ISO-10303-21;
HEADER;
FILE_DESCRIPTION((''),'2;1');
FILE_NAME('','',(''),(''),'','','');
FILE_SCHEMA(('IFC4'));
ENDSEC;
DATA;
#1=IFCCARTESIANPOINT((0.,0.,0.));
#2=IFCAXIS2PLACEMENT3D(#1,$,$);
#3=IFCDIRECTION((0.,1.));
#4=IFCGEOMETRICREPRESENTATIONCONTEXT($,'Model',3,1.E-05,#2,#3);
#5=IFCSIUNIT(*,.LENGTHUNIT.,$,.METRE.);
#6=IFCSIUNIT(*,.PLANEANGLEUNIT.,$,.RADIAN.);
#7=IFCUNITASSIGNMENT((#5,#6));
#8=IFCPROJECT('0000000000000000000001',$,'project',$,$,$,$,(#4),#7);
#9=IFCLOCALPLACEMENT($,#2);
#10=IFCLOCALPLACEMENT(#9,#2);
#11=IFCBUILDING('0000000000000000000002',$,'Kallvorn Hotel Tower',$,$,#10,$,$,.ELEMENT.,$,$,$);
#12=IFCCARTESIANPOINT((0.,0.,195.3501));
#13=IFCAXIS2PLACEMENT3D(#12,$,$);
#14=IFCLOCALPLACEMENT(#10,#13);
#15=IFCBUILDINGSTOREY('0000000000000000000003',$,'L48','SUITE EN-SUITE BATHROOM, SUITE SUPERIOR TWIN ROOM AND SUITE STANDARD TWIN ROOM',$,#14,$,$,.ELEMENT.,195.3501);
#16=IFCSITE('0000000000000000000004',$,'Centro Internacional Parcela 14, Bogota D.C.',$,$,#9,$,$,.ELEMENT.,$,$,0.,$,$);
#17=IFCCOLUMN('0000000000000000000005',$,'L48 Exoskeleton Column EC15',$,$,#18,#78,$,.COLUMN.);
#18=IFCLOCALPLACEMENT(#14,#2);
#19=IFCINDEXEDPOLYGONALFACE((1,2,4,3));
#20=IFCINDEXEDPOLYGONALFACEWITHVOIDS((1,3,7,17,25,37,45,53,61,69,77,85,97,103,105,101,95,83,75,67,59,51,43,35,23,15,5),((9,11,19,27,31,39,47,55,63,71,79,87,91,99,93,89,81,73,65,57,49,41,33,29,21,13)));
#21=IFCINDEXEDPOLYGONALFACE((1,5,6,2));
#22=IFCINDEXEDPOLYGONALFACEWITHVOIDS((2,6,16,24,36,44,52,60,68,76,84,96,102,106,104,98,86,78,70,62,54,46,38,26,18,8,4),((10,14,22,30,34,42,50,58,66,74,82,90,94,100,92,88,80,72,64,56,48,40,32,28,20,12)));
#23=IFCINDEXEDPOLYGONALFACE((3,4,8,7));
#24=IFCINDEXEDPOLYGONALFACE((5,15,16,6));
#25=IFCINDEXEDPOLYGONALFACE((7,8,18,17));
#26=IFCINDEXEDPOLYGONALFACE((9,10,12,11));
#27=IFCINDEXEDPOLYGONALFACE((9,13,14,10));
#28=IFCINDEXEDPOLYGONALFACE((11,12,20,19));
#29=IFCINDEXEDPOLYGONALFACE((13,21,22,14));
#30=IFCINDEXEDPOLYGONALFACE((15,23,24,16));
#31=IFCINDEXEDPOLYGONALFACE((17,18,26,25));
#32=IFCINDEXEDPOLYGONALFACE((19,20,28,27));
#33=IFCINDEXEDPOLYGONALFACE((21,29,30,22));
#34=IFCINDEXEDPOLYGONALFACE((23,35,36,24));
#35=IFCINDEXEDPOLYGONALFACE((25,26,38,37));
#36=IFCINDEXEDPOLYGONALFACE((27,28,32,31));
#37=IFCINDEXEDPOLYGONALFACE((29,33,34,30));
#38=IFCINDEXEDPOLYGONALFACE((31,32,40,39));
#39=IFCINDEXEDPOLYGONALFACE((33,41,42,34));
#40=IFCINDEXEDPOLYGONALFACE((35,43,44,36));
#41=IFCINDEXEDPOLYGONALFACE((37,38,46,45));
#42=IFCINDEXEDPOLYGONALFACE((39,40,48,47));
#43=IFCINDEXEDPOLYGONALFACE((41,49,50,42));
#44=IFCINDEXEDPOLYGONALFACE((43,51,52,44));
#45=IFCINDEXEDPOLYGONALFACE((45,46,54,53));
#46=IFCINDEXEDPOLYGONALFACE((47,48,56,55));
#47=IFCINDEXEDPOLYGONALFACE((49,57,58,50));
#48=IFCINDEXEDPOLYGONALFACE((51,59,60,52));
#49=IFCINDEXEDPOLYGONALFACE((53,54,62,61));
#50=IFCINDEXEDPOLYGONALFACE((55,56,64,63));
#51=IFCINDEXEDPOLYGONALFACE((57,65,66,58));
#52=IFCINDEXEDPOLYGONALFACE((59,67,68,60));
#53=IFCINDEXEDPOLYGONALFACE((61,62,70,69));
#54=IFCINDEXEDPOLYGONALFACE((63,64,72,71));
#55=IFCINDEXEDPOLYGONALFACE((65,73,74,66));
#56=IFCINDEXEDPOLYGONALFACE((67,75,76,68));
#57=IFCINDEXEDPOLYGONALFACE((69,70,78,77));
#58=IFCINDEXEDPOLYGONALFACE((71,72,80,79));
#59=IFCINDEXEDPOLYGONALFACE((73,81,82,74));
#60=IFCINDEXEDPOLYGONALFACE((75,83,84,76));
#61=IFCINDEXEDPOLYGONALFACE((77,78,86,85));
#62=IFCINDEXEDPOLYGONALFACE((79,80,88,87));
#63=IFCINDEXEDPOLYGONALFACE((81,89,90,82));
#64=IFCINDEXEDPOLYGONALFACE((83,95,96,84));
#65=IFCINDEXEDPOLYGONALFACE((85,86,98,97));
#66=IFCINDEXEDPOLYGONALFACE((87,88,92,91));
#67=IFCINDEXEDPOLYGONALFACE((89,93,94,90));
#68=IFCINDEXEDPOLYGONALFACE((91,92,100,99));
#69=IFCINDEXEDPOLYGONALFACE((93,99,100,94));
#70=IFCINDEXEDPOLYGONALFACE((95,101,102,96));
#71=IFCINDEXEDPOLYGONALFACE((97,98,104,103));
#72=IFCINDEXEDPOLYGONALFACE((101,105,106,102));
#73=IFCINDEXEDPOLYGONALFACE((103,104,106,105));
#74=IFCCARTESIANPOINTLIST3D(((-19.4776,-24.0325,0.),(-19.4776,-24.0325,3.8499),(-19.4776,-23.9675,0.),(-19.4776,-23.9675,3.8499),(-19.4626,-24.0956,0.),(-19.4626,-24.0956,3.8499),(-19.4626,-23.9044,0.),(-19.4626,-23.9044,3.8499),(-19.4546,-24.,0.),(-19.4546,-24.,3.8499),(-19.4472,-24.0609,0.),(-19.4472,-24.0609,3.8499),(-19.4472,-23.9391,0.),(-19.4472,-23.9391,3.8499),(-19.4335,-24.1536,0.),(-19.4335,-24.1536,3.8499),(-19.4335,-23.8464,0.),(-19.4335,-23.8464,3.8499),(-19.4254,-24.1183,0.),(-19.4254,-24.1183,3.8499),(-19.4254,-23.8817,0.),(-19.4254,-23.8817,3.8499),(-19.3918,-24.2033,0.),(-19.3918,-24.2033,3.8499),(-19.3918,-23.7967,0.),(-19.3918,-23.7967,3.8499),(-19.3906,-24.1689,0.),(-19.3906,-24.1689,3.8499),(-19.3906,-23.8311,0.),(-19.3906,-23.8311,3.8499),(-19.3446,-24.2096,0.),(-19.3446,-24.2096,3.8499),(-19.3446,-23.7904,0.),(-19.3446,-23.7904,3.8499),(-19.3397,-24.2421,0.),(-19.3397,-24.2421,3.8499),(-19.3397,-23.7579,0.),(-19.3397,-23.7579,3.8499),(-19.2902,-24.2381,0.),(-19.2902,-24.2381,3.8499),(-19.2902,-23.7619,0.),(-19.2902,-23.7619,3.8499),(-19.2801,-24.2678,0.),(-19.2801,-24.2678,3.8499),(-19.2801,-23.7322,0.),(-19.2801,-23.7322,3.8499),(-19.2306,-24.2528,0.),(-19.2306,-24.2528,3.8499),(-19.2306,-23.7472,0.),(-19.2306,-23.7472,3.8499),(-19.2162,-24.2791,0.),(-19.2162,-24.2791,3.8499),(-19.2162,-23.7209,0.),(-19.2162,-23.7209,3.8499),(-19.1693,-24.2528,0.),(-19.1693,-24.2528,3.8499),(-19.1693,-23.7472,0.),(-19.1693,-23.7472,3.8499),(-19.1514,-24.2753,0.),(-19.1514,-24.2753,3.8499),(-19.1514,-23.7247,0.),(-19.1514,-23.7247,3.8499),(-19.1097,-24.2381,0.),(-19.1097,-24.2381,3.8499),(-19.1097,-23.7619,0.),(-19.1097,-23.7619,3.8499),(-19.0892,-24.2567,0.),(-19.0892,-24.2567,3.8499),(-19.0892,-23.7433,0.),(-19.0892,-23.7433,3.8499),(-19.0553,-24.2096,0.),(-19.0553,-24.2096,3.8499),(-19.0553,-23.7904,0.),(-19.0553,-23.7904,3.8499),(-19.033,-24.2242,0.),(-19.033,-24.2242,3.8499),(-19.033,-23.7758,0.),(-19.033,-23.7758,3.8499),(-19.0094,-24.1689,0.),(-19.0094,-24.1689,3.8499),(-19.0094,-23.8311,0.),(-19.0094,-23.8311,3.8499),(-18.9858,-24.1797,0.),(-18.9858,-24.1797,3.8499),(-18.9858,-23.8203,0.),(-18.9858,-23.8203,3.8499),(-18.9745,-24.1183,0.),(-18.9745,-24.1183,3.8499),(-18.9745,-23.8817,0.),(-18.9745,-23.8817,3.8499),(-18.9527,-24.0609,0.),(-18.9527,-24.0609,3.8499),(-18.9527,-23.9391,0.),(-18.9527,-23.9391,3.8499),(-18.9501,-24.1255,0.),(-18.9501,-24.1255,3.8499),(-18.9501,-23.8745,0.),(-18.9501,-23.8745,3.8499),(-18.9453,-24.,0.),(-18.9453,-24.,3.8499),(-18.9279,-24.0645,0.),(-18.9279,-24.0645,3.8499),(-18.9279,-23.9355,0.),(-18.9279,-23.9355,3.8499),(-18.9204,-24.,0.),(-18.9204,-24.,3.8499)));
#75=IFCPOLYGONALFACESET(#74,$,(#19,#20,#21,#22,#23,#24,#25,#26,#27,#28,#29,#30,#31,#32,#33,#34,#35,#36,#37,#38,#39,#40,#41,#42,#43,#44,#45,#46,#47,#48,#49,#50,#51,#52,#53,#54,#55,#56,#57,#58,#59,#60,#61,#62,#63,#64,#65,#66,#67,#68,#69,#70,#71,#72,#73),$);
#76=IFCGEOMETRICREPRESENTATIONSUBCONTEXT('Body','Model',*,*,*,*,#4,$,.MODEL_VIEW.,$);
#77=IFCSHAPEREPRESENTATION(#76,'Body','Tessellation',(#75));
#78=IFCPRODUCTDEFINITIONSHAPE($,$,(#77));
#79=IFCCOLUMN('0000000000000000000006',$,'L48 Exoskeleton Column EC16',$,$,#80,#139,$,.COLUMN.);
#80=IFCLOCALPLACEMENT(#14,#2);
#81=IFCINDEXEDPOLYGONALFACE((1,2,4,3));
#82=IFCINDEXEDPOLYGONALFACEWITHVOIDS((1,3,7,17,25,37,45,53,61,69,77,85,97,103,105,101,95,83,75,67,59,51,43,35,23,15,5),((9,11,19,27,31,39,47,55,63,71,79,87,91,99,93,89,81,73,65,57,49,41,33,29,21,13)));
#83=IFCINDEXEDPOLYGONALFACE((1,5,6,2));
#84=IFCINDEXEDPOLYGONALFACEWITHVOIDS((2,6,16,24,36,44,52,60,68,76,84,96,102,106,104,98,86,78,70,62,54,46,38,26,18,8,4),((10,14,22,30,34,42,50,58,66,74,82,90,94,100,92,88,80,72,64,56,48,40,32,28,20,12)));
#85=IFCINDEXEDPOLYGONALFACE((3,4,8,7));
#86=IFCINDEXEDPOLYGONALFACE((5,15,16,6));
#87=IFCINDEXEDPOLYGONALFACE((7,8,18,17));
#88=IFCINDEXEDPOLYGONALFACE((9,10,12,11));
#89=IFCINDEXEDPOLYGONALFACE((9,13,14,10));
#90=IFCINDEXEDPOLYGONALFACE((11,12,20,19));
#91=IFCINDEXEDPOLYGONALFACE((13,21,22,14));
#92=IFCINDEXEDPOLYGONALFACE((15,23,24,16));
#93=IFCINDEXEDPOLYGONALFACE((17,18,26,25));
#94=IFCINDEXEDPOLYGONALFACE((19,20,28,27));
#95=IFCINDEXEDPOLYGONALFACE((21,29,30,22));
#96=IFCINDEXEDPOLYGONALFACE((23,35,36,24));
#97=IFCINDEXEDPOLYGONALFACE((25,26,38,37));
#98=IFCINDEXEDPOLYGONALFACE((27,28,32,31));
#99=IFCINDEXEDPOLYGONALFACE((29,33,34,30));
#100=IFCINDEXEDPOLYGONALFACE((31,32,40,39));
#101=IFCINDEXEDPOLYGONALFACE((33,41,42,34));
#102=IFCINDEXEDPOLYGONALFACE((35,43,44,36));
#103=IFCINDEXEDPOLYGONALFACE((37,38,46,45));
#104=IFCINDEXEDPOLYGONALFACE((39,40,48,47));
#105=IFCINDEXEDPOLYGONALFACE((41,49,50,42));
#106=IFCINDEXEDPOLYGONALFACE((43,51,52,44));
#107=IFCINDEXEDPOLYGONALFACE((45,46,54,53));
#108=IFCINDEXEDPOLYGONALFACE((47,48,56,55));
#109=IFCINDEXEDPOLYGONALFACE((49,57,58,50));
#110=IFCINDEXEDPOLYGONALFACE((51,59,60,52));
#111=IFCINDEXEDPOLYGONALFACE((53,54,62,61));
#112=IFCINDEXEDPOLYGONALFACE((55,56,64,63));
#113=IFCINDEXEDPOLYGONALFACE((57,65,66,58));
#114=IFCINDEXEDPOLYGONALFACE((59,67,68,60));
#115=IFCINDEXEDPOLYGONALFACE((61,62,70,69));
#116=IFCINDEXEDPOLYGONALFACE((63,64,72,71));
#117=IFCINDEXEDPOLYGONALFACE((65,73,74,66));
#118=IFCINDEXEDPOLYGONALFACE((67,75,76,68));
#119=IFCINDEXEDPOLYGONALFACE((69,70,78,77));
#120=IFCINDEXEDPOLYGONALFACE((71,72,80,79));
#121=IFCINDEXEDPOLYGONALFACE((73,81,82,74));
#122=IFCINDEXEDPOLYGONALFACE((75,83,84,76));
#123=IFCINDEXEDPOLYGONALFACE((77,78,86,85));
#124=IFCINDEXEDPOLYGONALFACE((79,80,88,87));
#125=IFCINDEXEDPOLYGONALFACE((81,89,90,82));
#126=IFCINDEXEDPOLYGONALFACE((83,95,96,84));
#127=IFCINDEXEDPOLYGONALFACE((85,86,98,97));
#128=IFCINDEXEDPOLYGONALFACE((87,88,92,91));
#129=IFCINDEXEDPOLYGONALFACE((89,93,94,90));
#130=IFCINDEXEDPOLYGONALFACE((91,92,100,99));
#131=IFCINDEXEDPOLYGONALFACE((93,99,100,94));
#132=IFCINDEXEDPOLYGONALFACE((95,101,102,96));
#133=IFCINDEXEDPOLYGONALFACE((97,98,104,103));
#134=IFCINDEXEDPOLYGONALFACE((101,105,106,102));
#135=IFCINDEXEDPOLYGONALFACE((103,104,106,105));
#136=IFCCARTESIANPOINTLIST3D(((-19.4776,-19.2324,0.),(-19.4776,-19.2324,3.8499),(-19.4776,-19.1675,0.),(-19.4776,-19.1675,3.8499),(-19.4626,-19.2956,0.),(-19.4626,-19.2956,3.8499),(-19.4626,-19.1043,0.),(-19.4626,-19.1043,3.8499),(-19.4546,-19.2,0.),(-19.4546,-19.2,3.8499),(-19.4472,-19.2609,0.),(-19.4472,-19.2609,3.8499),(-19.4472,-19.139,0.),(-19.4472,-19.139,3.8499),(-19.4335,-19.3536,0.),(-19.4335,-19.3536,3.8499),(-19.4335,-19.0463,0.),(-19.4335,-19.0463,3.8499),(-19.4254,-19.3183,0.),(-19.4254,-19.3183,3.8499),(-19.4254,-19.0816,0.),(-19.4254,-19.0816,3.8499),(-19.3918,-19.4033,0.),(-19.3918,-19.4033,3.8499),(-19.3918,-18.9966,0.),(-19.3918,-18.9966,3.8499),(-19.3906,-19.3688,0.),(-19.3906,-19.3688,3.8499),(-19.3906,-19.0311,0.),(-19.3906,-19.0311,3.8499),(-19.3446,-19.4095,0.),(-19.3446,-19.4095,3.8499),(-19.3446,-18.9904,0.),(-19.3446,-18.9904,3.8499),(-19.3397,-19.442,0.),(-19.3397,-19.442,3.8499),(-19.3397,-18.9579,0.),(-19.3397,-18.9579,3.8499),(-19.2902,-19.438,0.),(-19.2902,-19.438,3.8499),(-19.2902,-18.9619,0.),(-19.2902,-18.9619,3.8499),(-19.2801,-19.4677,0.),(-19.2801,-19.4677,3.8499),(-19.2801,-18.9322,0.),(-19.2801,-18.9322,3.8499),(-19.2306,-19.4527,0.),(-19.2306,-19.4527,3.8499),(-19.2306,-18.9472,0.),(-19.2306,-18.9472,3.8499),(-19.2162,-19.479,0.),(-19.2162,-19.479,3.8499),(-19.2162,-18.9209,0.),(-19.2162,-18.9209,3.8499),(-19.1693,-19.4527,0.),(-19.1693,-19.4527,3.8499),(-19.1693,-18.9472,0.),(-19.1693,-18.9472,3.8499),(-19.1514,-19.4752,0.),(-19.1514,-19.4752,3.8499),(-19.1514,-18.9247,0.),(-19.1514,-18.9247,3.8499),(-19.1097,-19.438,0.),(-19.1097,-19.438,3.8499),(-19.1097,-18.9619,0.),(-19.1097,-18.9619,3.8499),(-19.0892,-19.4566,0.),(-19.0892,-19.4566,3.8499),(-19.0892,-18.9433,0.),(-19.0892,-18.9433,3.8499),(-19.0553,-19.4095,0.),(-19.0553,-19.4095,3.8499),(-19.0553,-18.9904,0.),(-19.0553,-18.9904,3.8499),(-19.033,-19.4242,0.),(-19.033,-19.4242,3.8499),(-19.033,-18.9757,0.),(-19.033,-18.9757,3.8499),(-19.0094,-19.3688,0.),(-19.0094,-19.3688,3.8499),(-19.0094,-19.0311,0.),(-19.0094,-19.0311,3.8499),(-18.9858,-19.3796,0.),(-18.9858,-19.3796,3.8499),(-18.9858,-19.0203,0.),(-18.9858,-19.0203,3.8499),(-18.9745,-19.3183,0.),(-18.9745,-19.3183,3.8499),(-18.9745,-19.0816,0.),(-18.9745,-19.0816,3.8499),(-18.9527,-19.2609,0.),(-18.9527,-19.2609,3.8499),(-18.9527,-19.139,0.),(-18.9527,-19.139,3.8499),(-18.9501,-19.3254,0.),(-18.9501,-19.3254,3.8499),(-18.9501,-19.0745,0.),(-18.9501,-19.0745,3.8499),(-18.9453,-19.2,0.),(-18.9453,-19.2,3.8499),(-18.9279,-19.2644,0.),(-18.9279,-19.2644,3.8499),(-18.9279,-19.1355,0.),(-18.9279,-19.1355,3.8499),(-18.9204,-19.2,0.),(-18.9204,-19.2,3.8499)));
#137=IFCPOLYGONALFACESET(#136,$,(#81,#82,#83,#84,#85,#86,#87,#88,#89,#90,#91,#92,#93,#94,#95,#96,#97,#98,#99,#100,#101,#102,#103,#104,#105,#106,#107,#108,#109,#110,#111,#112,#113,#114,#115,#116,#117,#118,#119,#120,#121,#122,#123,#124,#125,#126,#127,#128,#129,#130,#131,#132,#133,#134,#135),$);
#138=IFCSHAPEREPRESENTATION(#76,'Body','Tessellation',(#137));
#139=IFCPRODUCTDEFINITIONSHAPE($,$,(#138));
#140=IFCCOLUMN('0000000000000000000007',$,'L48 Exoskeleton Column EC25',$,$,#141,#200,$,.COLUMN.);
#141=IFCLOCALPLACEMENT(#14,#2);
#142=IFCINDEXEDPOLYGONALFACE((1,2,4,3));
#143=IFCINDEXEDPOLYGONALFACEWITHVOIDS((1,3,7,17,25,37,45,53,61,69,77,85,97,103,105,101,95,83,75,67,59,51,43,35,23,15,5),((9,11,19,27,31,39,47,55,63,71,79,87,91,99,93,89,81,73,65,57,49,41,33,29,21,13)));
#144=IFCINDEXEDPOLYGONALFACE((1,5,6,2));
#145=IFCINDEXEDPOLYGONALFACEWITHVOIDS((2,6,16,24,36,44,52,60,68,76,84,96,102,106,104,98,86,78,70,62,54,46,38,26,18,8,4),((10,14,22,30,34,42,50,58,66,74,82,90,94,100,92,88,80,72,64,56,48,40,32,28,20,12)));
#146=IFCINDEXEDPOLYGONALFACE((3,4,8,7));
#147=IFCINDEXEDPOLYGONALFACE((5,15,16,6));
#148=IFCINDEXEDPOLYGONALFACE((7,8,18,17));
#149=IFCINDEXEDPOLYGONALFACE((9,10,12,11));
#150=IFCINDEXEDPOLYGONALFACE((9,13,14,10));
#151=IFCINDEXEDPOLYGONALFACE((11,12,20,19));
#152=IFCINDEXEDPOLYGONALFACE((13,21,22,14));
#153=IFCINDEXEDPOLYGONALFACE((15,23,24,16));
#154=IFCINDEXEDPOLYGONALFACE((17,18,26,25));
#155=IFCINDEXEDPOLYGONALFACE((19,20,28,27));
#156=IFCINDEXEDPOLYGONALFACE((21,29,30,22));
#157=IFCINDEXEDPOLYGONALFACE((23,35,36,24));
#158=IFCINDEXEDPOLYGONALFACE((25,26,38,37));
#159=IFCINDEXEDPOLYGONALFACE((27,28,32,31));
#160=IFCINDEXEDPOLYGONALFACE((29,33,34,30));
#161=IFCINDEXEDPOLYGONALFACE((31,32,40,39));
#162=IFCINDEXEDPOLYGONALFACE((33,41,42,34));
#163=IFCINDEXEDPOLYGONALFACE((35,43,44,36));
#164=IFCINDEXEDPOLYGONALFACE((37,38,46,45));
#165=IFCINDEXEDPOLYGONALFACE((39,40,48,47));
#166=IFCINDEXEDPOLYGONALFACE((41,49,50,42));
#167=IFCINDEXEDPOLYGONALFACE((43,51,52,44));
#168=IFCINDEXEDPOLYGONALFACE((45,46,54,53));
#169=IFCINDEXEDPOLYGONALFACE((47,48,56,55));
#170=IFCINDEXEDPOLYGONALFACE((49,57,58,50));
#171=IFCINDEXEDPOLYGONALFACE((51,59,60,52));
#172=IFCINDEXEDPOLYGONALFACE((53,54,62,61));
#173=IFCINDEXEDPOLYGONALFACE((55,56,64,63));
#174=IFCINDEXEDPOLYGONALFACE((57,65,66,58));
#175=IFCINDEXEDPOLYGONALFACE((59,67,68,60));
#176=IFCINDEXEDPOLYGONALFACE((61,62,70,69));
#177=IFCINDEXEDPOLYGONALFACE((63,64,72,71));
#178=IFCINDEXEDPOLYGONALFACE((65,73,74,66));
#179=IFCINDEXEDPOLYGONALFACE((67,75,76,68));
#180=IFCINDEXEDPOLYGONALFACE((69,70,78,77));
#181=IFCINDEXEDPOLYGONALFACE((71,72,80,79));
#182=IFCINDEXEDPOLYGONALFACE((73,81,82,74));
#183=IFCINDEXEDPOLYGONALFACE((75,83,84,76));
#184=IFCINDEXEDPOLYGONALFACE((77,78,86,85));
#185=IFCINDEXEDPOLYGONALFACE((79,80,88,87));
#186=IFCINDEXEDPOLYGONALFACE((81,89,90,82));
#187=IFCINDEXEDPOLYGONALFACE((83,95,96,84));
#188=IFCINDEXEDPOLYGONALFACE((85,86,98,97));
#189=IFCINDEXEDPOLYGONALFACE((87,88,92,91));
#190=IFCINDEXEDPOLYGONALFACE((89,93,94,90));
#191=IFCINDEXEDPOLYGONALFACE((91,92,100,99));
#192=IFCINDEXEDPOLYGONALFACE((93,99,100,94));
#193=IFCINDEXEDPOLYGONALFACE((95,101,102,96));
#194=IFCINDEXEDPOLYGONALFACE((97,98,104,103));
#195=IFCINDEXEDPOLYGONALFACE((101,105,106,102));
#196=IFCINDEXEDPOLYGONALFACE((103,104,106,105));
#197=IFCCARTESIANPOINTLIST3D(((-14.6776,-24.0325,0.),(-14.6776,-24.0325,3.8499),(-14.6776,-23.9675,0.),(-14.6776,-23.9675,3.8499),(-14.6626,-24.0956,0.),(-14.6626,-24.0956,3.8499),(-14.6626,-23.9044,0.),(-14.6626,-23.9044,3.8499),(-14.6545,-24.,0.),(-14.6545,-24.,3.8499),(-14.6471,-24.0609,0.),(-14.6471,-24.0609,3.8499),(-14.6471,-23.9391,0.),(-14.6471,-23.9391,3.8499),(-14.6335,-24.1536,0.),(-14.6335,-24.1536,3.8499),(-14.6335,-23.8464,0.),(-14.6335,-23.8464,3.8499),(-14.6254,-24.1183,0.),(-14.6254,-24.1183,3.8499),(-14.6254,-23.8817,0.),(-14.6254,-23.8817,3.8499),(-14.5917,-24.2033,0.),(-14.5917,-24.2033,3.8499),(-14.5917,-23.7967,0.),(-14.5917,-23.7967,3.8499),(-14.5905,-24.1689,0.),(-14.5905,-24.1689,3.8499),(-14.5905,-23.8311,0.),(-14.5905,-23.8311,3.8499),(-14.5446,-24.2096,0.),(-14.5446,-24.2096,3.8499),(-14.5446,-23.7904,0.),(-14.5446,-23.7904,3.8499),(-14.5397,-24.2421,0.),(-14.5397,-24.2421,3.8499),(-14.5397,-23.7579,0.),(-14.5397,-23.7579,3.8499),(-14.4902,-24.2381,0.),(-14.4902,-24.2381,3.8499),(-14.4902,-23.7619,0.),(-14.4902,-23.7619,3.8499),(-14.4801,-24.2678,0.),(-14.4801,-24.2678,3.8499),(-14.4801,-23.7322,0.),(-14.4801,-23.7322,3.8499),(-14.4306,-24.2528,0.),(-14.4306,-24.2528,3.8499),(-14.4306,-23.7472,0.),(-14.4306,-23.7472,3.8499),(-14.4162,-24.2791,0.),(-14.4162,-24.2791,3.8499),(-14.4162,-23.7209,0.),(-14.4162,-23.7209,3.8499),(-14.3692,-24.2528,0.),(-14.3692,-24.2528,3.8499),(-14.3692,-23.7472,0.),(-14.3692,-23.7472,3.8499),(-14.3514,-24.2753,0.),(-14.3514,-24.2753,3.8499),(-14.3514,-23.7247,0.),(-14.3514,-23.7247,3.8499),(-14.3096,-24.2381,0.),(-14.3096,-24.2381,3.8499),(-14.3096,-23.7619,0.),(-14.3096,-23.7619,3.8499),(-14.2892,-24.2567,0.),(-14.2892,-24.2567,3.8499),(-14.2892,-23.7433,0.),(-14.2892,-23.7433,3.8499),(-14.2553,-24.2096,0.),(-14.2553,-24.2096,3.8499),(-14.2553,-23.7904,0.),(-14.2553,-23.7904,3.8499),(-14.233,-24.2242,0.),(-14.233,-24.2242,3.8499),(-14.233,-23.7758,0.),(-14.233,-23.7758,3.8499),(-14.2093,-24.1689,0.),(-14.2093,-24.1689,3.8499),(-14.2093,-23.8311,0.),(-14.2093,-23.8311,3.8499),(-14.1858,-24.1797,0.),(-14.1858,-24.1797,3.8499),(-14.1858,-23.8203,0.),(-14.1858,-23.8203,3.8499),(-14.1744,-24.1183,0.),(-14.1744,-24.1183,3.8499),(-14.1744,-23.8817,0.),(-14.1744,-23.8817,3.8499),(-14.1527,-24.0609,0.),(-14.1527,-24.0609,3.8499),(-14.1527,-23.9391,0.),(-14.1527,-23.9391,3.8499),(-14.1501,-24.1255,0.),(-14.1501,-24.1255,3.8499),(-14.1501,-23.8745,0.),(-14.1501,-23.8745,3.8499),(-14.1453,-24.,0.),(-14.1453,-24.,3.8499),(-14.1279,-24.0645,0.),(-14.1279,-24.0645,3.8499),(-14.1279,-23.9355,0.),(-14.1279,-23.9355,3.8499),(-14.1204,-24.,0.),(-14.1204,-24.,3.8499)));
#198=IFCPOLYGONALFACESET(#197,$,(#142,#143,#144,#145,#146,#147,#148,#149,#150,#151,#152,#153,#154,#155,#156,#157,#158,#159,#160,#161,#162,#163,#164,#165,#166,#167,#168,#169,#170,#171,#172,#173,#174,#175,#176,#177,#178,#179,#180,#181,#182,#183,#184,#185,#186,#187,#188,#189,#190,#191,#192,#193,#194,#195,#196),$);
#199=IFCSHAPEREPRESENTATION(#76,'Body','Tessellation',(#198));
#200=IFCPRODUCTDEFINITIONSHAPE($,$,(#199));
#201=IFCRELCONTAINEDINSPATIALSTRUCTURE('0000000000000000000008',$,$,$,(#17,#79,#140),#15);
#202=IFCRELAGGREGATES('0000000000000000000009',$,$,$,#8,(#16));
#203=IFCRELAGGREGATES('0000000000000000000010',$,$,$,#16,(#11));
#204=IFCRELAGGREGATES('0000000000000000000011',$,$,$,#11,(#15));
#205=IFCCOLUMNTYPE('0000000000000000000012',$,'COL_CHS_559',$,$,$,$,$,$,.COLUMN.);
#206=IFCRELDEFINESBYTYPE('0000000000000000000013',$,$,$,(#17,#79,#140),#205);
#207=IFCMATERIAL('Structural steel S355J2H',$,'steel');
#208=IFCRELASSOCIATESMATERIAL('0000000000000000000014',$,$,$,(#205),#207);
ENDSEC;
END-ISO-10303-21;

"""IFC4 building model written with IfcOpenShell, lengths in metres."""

from ifc_helpers import new_model, si_unit, direction, frame, origin, origin_2d, place, context, subcontext, project, spatial, hollow_circle, extrude, material, material_profile, profile_set, type_object, element, save


model = new_model("IFC4")

# Units and contexts
model_context = context("Model", 3, precision=1e-05, world=origin(), true_north=direction((0.0, 1.0)))
body_context = subcontext(model_context, "Body", "Model", "MODEL_VIEW")
ifc_project = project(units=[si_unit("LENGTHUNIT", "METRE"), si_unit("PLANEANGLEUNIT", "RADIAN")], contexts=[model_context])

# Site, building, storey
site_placement = place(None, origin())
site = spatial("IfcSite", under=ifc_project, at=site_placement, Name="Centro Internacional Parcela 14, Bogota D.C.", CompositionType="ELEMENT", RefElevation=0.0)
building_placement = place(site_placement, origin())
building = spatial("IfcBuilding", under=site, at=building_placement, Name="Kallvorn Hotel Tower", CompositionType="ELEMENT")
storey_placement = place(building_placement, frame((0.0, 0.0, 195.3501)))
storey = spatial("IfcBuildingStorey", under=building, at=storey_placement, Name="L48", Description="SUITE EN-SUITE BATHROOM, SUITE SUPERIOR TWIN ROOM AND SUITE STANDARD TWIN ROOM", CompositionType="ELEMENT", Elevation=195.3501)

# Columns
ifc_material_1 = material(Name="Structural steel S355J2H", Category="steel")
ifc_material_profile_1 = material_profile(ifc_material_1, hollow_circle(Radius=0.2795, WallThickness=0.0249, at=origin_2d()), Name="CHS 559x25")
ifc_profile_set_1 = profile_set([ifc_material_profile_1], Name="Structural steel S355J2H")
column_type = type_object("IfcColumnType", Name="COL_CHS_559", PredefinedType="COLUMN", material=ifc_profile_set_1)
for number, where, z_axis, x_axis, name in (
    (1, (-19.2, -24.0, 0.0), (0.0, 0.0, 1.0), (1.0, 0.0, 0.0), "L48 Exoskeleton Column EC15"),
    (2, (-19.2, -19.2, 0.0), (0.0, 0.0, 1.0), (1.0, 0.0, 0.0), "L48 Exoskeleton Column EC16"),
    (3, (-14.3999, -24.0, 0.0), (0.0, 0.0, 1.0), (1.0, 0.0, 0.0), "L48 Exoskeleton Column EC25"),
):
    element("IfcColumn", number, at=place(storey_placement, frame(where, z_axis=z_axis, x_axis=x_axis)), inside=storey, type_object=column_type, Name=name, PredefinedType="COLUMN", context=body_context, shape_type="SweptSolid", body=[
        extrude(hollow_circle(Radius=0.2795, WallThickness=0.0249, at=origin_2d()), origin(), (0.0, 0.0, 1.0), 3.8499),
    ])

save(model, "model.ifc")
